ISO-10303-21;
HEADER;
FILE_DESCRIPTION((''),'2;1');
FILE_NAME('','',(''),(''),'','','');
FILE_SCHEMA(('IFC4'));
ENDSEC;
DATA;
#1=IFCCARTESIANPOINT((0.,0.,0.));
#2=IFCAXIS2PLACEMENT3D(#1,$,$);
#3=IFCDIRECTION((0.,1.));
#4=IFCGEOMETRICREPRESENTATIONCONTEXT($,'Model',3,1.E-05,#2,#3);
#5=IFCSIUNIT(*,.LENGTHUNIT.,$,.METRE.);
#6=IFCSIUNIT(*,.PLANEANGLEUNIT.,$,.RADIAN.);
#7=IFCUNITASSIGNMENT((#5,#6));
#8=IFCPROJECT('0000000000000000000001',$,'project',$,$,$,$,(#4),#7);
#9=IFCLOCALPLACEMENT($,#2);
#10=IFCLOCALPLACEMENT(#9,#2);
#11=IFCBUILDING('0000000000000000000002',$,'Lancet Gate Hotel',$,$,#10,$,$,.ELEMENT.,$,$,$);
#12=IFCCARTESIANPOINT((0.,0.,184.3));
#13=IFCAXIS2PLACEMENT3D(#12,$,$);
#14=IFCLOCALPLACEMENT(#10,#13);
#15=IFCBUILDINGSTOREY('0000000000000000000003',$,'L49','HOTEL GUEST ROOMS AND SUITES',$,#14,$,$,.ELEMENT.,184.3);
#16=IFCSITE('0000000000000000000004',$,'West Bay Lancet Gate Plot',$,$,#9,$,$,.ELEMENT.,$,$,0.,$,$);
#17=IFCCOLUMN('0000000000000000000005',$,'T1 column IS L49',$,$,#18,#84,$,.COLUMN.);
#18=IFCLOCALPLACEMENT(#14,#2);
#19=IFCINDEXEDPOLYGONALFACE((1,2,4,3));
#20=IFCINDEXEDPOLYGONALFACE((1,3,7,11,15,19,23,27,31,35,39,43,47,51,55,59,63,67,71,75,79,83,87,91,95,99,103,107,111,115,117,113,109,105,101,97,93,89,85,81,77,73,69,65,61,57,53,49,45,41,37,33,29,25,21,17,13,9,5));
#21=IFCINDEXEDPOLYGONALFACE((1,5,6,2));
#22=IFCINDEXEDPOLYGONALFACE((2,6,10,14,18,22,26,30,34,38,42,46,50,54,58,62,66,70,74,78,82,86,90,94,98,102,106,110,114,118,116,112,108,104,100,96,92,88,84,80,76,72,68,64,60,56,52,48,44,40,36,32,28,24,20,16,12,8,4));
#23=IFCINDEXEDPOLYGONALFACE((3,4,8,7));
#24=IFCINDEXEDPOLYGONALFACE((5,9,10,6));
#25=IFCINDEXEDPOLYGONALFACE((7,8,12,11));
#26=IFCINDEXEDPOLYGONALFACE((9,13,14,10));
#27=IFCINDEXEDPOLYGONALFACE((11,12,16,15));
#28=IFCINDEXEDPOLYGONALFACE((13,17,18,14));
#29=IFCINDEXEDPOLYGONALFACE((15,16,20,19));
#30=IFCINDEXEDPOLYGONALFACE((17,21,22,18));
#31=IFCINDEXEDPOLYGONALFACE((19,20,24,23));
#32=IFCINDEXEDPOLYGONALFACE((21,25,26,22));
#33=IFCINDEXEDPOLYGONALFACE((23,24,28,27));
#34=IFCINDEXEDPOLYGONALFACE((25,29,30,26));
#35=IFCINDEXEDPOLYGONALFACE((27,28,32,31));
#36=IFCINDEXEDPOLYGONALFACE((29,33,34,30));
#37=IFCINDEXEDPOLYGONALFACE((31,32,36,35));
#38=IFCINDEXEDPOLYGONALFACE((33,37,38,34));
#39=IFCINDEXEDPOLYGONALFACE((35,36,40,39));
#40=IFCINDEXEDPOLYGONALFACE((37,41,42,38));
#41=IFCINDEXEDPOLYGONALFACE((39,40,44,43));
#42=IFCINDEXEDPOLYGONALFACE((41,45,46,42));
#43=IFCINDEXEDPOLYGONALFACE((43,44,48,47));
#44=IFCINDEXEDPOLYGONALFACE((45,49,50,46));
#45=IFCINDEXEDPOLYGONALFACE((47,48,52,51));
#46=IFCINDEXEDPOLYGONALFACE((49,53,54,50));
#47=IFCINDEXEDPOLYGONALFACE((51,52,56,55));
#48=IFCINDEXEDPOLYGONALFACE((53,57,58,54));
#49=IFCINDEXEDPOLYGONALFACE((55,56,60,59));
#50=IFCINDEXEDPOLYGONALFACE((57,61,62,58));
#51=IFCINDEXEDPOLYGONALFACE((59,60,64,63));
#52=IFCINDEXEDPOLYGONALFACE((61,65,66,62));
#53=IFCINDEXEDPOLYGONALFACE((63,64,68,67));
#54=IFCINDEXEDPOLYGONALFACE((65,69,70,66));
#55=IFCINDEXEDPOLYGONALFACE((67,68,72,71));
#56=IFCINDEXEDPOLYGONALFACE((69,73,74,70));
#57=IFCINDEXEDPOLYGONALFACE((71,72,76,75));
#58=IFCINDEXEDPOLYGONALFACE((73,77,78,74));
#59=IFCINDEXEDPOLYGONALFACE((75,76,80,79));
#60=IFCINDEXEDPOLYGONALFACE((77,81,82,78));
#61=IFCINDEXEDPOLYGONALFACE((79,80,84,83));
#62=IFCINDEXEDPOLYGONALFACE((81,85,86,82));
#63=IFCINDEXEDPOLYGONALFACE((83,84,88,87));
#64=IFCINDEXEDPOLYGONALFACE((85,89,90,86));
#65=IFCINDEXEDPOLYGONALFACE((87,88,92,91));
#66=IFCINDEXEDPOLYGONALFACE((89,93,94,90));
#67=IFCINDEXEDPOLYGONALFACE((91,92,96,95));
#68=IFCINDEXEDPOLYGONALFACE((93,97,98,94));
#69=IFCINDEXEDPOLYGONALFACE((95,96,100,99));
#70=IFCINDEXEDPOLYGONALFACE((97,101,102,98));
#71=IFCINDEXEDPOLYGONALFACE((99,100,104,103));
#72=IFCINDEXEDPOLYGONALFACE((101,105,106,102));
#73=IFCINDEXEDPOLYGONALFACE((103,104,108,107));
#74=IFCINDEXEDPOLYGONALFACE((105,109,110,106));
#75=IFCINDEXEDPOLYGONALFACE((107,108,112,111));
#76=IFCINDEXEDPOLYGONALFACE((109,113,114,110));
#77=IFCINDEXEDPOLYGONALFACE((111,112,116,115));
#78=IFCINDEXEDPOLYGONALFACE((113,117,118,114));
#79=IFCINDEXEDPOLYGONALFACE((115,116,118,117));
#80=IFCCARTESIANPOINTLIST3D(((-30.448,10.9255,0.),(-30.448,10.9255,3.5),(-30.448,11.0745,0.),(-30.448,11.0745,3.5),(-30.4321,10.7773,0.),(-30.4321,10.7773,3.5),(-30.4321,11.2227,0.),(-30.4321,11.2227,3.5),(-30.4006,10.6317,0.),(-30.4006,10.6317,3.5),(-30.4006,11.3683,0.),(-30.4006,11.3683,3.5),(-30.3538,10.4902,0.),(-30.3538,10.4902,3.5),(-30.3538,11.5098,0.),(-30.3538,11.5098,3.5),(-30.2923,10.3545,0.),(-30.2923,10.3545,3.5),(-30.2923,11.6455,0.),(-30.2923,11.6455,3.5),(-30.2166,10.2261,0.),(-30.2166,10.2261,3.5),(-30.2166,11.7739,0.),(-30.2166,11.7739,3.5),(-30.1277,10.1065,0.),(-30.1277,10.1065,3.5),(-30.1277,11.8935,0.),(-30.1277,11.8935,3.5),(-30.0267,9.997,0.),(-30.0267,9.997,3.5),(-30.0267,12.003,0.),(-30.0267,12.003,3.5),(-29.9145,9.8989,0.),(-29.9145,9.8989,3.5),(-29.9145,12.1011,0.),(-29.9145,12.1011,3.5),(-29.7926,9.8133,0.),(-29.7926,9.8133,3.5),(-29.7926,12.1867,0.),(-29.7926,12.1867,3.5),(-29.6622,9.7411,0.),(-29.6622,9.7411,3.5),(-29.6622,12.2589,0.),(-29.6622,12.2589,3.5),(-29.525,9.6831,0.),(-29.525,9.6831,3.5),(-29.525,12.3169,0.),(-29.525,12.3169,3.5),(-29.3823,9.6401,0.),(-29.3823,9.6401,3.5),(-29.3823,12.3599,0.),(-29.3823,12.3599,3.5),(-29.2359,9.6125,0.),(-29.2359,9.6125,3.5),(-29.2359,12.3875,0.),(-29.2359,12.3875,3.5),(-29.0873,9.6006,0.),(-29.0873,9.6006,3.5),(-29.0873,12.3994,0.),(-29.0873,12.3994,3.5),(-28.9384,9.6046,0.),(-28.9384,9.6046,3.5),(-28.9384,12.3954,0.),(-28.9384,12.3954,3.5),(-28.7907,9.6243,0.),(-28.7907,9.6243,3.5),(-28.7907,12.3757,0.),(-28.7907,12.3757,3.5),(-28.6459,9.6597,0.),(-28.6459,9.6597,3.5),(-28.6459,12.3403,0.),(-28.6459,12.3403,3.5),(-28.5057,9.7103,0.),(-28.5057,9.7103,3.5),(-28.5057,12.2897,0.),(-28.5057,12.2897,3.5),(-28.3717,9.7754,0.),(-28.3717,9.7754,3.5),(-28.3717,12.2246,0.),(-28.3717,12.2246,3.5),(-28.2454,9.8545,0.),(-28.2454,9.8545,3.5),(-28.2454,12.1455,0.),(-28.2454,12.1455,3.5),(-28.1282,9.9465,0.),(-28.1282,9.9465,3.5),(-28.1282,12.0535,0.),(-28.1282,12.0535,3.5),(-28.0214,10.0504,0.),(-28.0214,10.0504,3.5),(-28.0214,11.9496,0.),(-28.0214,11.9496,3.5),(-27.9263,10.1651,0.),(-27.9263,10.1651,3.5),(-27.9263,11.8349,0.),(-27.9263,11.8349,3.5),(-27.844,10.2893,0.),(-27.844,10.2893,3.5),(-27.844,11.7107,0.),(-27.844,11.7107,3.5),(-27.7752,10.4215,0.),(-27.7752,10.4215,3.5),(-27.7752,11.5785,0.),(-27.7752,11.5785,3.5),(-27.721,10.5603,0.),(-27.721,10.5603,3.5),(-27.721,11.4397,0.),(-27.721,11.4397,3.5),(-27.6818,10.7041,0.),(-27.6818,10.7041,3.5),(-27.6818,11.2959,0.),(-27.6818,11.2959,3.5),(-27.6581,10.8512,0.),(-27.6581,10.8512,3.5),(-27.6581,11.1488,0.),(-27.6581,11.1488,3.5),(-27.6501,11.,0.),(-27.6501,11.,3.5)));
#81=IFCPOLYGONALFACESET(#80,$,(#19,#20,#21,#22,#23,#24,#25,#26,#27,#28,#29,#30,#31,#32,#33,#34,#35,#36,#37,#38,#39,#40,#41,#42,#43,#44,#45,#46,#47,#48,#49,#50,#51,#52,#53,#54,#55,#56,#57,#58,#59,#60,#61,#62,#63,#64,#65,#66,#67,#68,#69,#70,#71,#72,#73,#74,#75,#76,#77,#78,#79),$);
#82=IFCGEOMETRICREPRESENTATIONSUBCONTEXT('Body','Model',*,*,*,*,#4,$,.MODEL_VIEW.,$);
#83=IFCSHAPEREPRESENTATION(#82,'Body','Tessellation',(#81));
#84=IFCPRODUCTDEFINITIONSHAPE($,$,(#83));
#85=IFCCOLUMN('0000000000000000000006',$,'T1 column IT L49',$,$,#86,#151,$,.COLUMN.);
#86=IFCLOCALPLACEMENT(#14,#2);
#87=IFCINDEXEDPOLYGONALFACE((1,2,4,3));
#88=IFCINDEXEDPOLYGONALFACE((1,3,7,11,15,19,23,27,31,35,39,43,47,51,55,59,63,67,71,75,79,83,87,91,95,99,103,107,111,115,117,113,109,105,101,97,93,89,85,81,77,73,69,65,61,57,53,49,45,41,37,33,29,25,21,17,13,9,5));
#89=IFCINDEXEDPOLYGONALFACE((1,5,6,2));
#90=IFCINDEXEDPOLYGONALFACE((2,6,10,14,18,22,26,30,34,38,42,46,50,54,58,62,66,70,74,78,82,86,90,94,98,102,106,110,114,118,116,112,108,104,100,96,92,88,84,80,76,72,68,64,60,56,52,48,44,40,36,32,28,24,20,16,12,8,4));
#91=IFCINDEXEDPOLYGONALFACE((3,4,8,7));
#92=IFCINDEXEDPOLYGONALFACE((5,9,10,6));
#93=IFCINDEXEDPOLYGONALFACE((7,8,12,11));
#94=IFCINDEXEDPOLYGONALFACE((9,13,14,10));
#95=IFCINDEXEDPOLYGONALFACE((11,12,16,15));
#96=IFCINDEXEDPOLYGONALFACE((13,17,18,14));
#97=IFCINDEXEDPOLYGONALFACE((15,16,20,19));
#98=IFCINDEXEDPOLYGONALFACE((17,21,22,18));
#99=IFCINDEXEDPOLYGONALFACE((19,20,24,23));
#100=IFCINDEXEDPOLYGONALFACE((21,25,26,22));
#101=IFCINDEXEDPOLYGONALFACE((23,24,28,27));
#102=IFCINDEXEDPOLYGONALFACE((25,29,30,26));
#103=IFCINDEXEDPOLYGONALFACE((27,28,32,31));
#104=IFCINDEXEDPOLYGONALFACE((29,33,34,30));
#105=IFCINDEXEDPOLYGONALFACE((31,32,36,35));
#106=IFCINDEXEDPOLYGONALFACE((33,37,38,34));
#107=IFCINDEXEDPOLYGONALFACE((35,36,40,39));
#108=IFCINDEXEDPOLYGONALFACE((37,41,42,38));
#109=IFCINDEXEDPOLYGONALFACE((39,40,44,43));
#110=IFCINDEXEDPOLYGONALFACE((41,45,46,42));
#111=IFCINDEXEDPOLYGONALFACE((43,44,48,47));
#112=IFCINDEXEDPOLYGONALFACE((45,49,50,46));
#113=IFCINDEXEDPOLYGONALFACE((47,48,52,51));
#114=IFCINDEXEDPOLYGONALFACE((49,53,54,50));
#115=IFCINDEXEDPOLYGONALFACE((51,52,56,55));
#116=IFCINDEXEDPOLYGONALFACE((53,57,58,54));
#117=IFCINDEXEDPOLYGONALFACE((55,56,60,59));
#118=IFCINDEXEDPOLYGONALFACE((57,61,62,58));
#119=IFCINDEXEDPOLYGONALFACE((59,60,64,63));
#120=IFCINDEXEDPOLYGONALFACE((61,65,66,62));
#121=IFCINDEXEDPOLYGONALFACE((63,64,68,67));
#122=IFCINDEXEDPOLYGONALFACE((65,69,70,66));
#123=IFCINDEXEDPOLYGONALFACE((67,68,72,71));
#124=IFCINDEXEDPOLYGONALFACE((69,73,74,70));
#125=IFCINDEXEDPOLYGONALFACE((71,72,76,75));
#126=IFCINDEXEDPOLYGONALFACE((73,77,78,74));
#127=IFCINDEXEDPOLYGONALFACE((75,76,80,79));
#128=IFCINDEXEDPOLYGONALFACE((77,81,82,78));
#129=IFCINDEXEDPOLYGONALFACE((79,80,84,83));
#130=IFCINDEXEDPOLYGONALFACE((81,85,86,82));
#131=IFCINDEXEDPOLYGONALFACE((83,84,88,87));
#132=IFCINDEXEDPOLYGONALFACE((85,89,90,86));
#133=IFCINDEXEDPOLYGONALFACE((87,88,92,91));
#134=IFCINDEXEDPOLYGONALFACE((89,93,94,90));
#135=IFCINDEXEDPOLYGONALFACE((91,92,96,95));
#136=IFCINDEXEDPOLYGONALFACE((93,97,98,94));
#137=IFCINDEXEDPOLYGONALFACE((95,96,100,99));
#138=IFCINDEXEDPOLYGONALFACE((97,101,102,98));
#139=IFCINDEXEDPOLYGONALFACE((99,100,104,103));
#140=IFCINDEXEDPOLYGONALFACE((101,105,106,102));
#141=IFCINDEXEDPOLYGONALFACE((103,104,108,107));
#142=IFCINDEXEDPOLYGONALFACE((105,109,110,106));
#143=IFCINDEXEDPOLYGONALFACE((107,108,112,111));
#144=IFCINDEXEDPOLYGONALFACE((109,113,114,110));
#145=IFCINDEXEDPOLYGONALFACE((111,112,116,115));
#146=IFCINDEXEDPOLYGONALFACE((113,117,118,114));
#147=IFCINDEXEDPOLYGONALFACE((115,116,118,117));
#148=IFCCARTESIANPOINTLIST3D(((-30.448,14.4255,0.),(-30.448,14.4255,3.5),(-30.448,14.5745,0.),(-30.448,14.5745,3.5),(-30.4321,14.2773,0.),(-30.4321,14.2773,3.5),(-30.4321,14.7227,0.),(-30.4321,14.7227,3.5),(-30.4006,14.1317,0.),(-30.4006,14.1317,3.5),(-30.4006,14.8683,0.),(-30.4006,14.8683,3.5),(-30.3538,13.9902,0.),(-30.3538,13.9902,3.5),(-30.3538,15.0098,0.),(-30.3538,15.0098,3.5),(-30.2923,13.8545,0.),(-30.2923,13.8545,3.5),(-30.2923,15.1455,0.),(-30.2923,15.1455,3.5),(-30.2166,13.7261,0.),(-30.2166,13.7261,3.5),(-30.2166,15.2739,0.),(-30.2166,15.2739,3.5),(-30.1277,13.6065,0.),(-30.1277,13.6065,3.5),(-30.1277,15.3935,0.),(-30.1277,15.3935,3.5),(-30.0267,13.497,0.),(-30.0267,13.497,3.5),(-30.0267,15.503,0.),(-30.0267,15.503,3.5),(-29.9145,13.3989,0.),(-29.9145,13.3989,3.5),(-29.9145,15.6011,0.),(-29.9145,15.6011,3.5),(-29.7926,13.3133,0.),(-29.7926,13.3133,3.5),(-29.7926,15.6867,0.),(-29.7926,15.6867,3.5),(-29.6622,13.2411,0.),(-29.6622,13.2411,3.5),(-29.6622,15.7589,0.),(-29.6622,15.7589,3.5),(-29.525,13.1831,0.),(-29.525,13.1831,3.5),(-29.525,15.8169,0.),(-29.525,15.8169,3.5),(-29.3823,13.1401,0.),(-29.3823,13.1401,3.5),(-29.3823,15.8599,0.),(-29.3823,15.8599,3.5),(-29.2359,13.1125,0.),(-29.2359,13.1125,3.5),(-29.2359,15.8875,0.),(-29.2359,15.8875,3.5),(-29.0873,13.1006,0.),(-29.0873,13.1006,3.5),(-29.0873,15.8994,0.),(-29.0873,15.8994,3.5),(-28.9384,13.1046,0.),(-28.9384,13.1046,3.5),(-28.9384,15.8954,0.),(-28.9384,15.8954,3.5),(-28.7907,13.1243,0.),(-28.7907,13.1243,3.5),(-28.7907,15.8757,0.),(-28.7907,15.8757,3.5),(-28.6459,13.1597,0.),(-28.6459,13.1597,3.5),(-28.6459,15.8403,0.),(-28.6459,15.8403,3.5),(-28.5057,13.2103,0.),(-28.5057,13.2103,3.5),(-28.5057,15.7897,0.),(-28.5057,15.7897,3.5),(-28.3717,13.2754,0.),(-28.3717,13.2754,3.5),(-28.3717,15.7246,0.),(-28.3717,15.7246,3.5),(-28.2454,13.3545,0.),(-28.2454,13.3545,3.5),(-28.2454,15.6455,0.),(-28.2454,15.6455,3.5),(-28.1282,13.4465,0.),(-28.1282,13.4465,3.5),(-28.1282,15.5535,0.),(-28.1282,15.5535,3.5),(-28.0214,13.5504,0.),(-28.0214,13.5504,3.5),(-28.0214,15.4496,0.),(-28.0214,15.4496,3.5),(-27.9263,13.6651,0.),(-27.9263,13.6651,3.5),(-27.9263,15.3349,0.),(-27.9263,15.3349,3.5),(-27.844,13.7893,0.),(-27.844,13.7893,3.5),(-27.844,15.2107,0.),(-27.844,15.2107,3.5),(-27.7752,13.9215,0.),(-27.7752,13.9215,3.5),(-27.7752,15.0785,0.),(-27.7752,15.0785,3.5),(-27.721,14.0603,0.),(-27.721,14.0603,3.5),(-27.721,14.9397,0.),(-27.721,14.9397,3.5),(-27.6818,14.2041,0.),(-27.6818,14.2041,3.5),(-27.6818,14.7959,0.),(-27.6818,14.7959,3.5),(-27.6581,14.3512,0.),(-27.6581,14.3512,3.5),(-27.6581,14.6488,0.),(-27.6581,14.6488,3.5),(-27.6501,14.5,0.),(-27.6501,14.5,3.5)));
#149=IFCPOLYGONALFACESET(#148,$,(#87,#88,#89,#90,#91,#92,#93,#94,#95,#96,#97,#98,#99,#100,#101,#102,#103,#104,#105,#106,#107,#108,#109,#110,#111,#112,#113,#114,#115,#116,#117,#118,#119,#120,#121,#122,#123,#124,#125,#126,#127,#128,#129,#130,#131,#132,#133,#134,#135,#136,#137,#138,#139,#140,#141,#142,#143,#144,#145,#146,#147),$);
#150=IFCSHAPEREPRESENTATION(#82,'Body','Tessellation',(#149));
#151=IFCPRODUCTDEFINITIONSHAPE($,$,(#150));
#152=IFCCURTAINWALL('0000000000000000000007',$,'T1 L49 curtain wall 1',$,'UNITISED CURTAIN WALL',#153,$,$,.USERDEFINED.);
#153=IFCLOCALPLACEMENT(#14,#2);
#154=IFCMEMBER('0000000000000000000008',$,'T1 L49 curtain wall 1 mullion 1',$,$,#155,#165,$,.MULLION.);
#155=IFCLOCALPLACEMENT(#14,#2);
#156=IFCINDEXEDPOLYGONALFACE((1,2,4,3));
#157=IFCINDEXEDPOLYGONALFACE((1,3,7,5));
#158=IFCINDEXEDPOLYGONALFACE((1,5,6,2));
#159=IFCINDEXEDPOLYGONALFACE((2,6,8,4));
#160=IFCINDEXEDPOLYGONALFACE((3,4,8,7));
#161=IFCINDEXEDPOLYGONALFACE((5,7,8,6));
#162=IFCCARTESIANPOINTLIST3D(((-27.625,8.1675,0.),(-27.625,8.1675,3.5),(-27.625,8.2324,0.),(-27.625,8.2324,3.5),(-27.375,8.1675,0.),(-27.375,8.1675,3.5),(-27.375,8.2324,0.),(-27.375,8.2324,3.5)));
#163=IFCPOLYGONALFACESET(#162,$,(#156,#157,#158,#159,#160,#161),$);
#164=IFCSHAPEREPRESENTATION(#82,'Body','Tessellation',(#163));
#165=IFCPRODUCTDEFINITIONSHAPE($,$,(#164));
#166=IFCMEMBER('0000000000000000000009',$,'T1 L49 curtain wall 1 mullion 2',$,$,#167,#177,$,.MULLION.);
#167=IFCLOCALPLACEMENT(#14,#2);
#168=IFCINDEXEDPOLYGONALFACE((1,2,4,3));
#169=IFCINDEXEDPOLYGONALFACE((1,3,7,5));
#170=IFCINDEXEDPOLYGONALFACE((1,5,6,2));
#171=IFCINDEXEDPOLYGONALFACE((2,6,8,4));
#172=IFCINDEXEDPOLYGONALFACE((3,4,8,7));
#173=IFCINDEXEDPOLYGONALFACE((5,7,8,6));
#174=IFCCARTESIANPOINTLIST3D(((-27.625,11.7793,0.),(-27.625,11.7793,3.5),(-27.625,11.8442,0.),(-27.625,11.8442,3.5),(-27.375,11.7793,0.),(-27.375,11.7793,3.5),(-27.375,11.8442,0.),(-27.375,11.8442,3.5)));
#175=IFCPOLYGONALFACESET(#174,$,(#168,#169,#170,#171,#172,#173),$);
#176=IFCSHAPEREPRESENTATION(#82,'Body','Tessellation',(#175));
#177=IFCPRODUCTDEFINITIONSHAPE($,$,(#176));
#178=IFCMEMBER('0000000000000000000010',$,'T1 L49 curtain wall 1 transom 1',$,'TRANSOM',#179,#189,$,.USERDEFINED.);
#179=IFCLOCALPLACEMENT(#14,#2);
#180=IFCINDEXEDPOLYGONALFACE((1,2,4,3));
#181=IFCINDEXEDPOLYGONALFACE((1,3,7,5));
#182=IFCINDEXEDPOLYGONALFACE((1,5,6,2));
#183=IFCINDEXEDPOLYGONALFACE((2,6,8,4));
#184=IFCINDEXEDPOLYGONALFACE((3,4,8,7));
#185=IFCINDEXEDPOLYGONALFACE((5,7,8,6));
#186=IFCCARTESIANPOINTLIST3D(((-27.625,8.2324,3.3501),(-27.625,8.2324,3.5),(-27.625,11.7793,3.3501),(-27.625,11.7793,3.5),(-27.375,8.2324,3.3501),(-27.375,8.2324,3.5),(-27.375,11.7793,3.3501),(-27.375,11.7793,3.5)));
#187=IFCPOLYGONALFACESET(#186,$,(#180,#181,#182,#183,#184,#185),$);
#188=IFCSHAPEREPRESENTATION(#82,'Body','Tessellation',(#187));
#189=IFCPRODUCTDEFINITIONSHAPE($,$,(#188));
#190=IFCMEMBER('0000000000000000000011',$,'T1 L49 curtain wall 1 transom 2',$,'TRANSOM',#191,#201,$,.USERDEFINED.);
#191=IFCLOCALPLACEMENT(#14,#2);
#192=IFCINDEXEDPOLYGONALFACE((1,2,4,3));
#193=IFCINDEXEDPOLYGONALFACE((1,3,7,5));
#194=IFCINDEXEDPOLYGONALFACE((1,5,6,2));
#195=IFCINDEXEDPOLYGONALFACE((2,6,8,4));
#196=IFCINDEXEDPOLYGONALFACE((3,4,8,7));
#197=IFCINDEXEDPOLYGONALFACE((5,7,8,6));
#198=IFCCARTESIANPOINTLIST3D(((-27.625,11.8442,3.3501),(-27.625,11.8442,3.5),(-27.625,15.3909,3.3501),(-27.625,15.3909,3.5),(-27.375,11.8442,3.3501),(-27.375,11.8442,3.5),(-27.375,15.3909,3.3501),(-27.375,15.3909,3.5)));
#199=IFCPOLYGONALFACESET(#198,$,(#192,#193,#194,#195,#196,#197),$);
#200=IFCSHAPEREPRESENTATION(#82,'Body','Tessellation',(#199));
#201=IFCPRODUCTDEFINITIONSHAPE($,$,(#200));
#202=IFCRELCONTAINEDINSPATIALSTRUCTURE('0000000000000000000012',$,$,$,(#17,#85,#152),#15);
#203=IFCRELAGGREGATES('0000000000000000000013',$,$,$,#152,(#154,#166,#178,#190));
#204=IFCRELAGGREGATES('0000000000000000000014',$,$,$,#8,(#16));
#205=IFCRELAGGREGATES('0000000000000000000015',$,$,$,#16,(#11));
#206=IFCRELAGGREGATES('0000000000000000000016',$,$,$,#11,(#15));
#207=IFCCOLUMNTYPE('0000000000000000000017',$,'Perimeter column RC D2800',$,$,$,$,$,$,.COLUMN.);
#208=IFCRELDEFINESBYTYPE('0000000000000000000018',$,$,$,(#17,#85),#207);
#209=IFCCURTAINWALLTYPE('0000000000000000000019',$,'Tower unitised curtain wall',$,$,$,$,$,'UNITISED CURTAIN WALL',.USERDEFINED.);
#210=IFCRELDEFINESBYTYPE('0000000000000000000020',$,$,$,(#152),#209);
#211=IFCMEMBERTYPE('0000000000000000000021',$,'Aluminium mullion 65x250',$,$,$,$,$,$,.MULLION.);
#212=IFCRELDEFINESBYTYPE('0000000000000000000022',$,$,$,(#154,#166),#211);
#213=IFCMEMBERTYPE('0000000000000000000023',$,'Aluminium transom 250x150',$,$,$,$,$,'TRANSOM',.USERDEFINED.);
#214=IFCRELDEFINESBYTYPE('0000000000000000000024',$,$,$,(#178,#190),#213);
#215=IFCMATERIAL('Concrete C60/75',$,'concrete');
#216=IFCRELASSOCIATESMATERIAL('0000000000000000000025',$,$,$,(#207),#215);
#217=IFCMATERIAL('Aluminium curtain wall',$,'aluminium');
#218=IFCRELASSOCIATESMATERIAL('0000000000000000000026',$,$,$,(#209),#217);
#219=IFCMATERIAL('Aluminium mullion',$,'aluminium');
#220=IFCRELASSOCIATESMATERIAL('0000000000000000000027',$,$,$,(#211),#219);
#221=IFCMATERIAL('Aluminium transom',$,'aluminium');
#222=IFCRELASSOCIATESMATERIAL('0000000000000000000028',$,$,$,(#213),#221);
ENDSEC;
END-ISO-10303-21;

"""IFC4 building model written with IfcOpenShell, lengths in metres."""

from ifc_helpers import new_model, si_unit, direction, frame, origin, origin_2d, place, context, subcontext, project, spatial, rectangle, circle, extrude, material, material_profile, profile_set, type_object, element, aggregate, save


model = new_model("IFC4")

# Units and contexts
model_context = context("Model", 3, precision=1e-05, world=origin(), true_north=direction((0.0, 1.0)))
body_context = subcontext(model_context, "Body", "Model", "MODEL_VIEW")
ifc_project = project(units=[si_unit("LENGTHUNIT", "METRE"), si_unit("PLANEANGLEUNIT", "RADIAN")], contexts=[model_context])

# Site, building, storey
site_placement = place(None, origin())
site = spatial("IfcSite", under=ifc_project, at=site_placement, Name="West Bay Lancet Gate Plot", CompositionType="ELEMENT", RefElevation=0.0)
building_placement = place(site_placement, origin())
building = spatial("IfcBuilding", under=site, at=building_placement, Name="Lancet Gate Hotel", CompositionType="ELEMENT")
storey_placement = place(building_placement, frame((0.0, 0.0, 184.3)))
storey = spatial("IfcBuildingStorey", under=building, at=storey_placement, Name="L49", Description="HOTEL GUEST ROOMS AND SUITES", CompositionType="ELEMENT", Elevation=184.3)

# Columns
ifc_material_1 = material(Name="Concrete C60/75", Category="concrete")
ifc_material_profile_1 = material_profile(ifc_material_1, circle(Radius=1.3999, at=origin_2d()), Name="RC D2800")
ifc_profile_set_1 = profile_set([ifc_material_profile_1], Name="Concrete C60/75")
column_type = type_object("IfcColumnType", Name="Perimeter column RC D2800", PredefinedType="COLUMN", material=ifc_profile_set_1)
for number, where, z_axis, x_axis, name in (
    (1, (-29.05, 11.0, 0.0), (0.0, 0.0, 1.0), (1.0, 0.0, 0.0), "T1 column IS L49"),
    (2, (-29.05, 14.5, 0.0), (0.0, 0.0, 1.0), (1.0, 0.0, 0.0), "T1 column IT L49"),
):
    element("IfcColumn", number, at=place(storey_placement, frame(where, z_axis=z_axis, x_axis=x_axis)), inside=storey, type_object=column_type, Name=name, PredefinedType="COLUMN", context=body_context, shape_type="SweptSolid", body=[
        extrude(circle(Radius=1.3999, at=origin_2d()), origin(), (0.0, 0.0, 1.0), 3.5),
    ])

# Curtain wall, members
ifc_material_2 = material(Name="Aluminium curtain wall", Category="aluminium")
curtain_wall_type = type_object("IfcCurtainWallType", Name="Tower unitised curtain wall", ElementType="UNITISED CURTAIN WALL", PredefinedType="USERDEFINED", material=ifc_material_2)
curtain_wall_placement = place(storey_placement, origin())
curtain_wall = element("IfcCurtainWall", 3, at=curtain_wall_placement, inside=storey, type_object=curtain_wall_type, Name="T1 L49 curtain wall 1", ObjectType="UNITISED CURTAIN WALL", PredefinedType="USERDEFINED")
ifc_material_3 = material(Name="Aluminium mullion", Category="aluminium")
ifc_material_profile_2 = material_profile(ifc_material_3, rectangle(XDim=0.0649, YDim=0.25, at=origin_2d()), Name="MULLION 65x250")
ifc_profile_set_2 = profile_set([ifc_material_profile_2], Name="Aluminium mullion")
member_type_1 = type_object("IfcMemberType", Name="Aluminium mullion 65x250", PredefinedType="MULLION", material=ifc_profile_set_2)
member_1_placement = place(storey_placement, frame((-27.5, 8.2, 0.0), z_axis=(0.0, 0.0, 1.0), x_axis=(0.0, 1.0, 0.0)))
member_1 = element("IfcMember", 4, at=member_1_placement, type_object=member_type_1, Name="T1 L49 curtain wall 1 mullion 1", PredefinedType="MULLION", context=body_context, shape_type="SweptSolid", body=[
    extrude(rectangle(XDim=0.0649, YDim=0.25, at=origin_2d()), origin(), (0.0, 0.0, 1.0), 3.5),
])
member_2_placement = place(storey_placement, frame((-27.5, 11.8118, 0.0), z_axis=(0.0, 0.0, 1.0), x_axis=(0.0, 1.0, 0.0)))
member_2 = element("IfcMember", 5, at=member_2_placement, type_object=member_type_1, Name="T1 L49 curtain wall 1 mullion 2", PredefinedType="MULLION", context=body_context, shape_type="SweptSolid", body=[
    extrude(rectangle(XDim=0.0649, YDim=0.25, at=origin_2d()), origin(), (0.0, 0.0, 1.0), 3.5),
])
ifc_material_4 = material(Name="Aluminium transom", Category="aluminium")
ifc_material_profile_3 = material_profile(ifc_material_4, rectangle(XDim=0.25, YDim=0.1499, at=origin_2d()), Name="TRANSOM 250x150")
ifc_profile_set_3 = profile_set([ifc_material_profile_3], Name="Aluminium transom")
member_type_2 = type_object("IfcMemberType", Name="Aluminium transom 250x150", ElementType="TRANSOM", PredefinedType="USERDEFINED", material=ifc_profile_set_3)
member_3_placement = place(storey_placement, frame((-27.5, 8.2324, 3.425), z_axis=(0.0, 1.0, 0.0), x_axis=(-1.0, 0.0, 0.0)))
member_3 = element("IfcMember", 6, at=member_3_placement, type_object=member_type_2, Name="T1 L49 curtain wall 1 transom 1", ObjectType="TRANSOM", PredefinedType="USERDEFINED", context=body_context, shape_type="SweptSolid", body=[
    extrude(rectangle(XDim=0.25, YDim=0.1499, at=origin_2d()), origin(), (0.0, 0.0, 1.0), 3.5469),
])
member_4_placement = place(storey_placement, frame((-27.5, 11.8442, 3.425), z_axis=(0.0, 1.0, 0.0), x_axis=(-1.0, 0.0, 0.0)))
member_4 = element("IfcMember", 7, at=member_4_placement, type_object=member_type_2, Name="T1 L49 curtain wall 1 transom 2", ObjectType="TRANSOM", PredefinedType="USERDEFINED", context=body_context, shape_type="SweptSolid", body=[
    extrude(rectangle(XDim=0.25, YDim=0.1499, at=origin_2d()), origin(), (0.0, 0.0, 1.0), 3.5466),
])

aggregate(curtain_wall, [member_1, member_2, member_3, member_4])

save(model, "model.ifc")
